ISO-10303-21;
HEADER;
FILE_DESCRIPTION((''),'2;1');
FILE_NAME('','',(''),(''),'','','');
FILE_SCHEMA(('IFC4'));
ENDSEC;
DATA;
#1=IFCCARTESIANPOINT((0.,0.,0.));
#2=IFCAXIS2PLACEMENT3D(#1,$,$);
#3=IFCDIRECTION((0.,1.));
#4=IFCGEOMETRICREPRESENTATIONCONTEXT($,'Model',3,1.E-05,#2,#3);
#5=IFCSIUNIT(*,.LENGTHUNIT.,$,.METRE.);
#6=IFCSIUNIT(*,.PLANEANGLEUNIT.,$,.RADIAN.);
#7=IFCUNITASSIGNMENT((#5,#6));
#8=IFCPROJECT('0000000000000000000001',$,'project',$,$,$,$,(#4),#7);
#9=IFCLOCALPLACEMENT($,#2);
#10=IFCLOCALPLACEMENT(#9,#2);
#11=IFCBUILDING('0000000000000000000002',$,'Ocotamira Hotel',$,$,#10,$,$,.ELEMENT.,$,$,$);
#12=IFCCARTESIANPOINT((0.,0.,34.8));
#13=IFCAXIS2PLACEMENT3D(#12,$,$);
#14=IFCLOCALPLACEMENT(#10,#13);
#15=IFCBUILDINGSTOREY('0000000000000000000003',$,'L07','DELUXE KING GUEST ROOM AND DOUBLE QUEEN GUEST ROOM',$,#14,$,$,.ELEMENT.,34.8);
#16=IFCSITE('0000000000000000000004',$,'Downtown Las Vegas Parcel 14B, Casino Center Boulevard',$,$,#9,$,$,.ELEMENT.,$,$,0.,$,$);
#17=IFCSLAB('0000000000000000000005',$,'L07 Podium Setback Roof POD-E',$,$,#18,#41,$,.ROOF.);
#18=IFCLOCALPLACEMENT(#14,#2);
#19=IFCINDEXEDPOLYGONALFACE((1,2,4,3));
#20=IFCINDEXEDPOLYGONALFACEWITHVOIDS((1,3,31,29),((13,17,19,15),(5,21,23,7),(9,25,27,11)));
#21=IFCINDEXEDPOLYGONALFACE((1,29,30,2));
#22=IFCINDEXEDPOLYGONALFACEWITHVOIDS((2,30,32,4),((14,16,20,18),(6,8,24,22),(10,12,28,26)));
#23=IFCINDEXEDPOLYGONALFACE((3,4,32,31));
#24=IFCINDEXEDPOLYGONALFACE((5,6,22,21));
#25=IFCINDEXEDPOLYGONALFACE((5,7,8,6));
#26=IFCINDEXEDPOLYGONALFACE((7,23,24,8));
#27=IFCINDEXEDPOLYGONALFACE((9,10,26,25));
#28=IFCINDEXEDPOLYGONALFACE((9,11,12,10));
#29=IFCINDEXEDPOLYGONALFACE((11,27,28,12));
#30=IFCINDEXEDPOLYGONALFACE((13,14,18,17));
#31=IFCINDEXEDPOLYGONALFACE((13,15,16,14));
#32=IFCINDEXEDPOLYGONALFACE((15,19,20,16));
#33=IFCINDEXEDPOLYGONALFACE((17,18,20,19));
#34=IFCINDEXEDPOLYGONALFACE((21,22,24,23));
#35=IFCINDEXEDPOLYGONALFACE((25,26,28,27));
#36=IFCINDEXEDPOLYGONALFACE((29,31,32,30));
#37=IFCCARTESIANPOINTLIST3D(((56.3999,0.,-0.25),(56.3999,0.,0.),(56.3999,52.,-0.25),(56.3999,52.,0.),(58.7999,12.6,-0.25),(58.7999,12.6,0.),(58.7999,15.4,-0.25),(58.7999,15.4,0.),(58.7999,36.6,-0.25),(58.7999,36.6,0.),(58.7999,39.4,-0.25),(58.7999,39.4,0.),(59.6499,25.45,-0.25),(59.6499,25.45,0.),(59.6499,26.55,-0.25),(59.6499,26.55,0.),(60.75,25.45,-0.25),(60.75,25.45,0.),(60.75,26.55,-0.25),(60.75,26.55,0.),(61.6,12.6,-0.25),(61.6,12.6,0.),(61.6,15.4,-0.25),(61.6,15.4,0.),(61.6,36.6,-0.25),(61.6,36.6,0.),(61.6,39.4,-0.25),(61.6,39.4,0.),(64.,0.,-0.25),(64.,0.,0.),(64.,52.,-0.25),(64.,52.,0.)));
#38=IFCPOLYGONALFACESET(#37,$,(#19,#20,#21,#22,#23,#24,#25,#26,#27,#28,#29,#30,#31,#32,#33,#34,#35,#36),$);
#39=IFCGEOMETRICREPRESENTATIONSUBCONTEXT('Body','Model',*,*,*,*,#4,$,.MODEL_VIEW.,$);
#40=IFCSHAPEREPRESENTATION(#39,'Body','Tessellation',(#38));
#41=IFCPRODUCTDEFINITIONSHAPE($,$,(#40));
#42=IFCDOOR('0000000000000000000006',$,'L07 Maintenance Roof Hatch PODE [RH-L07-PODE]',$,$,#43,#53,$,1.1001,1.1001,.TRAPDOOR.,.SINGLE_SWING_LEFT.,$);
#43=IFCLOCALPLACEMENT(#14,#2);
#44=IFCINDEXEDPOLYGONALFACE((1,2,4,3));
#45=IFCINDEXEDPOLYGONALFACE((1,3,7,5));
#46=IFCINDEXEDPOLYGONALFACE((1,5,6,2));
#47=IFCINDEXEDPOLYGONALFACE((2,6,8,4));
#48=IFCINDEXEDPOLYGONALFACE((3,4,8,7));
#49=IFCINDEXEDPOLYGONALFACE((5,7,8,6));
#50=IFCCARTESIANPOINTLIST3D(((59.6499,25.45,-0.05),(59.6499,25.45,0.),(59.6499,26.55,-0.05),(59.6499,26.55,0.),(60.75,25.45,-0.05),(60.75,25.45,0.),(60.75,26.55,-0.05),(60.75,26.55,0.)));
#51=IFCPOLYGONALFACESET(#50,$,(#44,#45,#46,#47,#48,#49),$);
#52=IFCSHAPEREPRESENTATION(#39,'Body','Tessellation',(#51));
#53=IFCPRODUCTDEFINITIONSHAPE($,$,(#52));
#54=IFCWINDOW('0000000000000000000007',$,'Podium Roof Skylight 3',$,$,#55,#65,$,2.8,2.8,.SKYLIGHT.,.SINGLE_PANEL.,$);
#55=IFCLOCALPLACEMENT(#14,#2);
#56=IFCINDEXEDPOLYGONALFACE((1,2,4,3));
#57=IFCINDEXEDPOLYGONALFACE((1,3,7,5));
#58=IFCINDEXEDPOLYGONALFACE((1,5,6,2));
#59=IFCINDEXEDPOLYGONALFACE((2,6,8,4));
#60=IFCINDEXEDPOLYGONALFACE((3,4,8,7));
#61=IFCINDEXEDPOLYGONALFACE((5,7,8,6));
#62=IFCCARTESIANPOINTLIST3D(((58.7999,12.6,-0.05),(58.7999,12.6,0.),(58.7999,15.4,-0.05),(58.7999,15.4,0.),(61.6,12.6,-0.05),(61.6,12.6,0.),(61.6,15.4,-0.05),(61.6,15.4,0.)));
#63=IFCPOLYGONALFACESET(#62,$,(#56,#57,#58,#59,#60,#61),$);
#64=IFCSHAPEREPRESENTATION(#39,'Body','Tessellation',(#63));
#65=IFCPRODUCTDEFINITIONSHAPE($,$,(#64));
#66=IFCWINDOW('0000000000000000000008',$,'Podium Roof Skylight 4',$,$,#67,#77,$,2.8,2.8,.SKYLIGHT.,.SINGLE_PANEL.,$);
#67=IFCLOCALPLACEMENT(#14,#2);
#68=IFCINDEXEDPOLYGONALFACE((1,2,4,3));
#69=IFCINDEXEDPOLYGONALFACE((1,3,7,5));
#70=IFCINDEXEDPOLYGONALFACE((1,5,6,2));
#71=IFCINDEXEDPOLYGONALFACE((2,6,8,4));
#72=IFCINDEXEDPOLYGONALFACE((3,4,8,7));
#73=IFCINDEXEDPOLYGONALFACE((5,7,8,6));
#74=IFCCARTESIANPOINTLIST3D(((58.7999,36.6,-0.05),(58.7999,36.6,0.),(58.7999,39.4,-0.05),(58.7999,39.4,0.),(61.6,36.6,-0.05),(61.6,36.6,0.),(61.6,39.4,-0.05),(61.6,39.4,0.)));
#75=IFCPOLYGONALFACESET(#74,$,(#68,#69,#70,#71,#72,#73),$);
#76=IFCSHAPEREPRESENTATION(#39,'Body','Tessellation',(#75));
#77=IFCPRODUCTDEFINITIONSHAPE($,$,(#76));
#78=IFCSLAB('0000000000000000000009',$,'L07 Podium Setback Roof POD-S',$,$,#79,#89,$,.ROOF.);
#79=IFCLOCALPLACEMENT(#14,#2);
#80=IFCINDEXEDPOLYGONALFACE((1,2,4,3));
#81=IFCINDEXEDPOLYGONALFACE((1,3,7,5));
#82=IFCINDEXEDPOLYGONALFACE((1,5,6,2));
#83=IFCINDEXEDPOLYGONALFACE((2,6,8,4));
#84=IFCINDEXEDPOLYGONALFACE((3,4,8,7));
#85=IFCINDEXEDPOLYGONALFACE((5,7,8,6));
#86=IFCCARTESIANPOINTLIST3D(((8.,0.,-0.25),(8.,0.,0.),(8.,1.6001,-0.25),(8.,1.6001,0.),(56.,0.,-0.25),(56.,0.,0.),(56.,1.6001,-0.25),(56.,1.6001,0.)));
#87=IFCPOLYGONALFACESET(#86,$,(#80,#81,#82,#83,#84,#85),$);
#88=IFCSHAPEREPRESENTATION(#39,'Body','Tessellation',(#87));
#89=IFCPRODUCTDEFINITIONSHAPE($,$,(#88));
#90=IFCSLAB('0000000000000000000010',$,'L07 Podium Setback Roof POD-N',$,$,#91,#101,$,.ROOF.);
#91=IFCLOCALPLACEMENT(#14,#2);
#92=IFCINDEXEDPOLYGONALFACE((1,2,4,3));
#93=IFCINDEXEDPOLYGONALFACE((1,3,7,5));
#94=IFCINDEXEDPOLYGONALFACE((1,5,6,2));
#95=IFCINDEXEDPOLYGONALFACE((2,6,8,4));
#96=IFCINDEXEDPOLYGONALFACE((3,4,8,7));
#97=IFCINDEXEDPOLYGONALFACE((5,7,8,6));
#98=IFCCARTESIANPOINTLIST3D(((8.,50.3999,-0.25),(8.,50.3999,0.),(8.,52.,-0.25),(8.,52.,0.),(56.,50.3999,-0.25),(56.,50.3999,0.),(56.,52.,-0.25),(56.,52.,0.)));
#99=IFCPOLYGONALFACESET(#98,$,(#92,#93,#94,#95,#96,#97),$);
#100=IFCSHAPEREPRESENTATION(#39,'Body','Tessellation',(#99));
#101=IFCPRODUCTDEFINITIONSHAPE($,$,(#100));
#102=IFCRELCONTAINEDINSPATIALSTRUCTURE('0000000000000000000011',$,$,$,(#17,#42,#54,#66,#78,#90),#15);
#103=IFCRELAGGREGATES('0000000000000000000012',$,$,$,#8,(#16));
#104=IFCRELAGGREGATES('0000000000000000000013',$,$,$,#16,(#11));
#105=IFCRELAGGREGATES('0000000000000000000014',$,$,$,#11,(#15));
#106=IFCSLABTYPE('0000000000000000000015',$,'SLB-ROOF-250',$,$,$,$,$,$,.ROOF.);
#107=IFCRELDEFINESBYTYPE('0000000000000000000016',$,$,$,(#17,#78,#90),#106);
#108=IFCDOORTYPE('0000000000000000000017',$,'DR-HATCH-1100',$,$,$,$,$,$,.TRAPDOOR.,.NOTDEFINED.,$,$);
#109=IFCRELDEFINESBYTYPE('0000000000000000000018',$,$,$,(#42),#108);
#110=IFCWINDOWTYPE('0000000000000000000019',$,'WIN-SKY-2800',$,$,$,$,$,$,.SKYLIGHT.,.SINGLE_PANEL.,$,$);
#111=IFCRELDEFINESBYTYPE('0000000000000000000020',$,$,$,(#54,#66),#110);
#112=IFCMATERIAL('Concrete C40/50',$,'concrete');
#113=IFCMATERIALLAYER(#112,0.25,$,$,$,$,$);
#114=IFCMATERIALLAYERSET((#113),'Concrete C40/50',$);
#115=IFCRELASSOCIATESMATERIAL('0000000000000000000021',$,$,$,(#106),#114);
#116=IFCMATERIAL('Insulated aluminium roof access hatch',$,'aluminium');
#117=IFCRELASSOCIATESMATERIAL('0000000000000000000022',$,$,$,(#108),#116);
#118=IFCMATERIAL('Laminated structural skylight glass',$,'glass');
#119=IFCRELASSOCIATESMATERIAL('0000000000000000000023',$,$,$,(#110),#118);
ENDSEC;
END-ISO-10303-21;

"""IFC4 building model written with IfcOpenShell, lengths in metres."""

from ifc_helpers import new_model, si_unit, direction, frame, origin, origin_2d, place, context, subcontext, project, spatial, polyline, rectangle, outline, extrude, material, layer, layer_set, type_object, element, fill, save


model = new_model("IFC4")

# Units and contexts
model_context = context("Model", 3, precision=1e-05, world=origin(), true_north=direction((0.0, 1.0)))
body_context = subcontext(model_context, "Body", "Model", "MODEL_VIEW")
ifc_project = project(units=[si_unit("LENGTHUNIT", "METRE"), si_unit("PLANEANGLEUNIT", "RADIAN")], contexts=[model_context])

# Site, building, storey
site_placement = place(None, origin())
site = spatial("IfcSite", under=ifc_project, at=site_placement, Name="Downtown Las Vegas Parcel 14B, Casino Center Boulevard", CompositionType="ELEMENT", RefElevation=0.0)
building_placement = place(site_placement, origin())
building = spatial("IfcBuilding", under=site, at=building_placement, Name="Ocotamira Hotel", CompositionType="ELEMENT")
storey_placement = place(building_placement, frame((0.0, 0.0, 34.8)))
storey = spatial("IfcBuildingStorey", under=building, at=storey_placement, Name="L07", Description="DELUXE KING GUEST ROOM AND DOUBLE QUEEN GUEST ROOM", CompositionType="ELEMENT", Elevation=34.8)

# Shared definitions
ifc_material_1 = material(Name="Concrete C40/50", Category="concrete")

# Slab, openings, door, windows
ifc_layer_1 = layer(ifc_material_1, 0.25)
ifc_layer_set_1 = layer_set([ifc_layer_1], Name="Concrete C40/50")
slab_type_1 = type_object("IfcSlabType", Name="SLB-ROOF-250", PredefinedType="ROOF", material=ifc_layer_set_1)
ifc_material_2 = material(Name="Insulated aluminium roof access hatch", Category="aluminium")
door_type = type_object("IfcDoorType", Name="DR-HATCH-1100", OperationType="NOTDEFINED", PredefinedType="TRAPDOOR", material=ifc_material_2)
ifc_material_3 = material(Name="Laminated structural skylight glass", Category="glass")
window_type = type_object("IfcWindowType", Name="WIN-SKY-2800", PartitioningType="SINGLE_PANEL", PredefinedType="SKYLIGHT", material=ifc_material_3)
slab_1_placement = place(storey_placement, frame((0.0, 0.0, -0.25)))
slab_1 = element("IfcSlab", 1, at=slab_1_placement, inside=storey, type_object=slab_type_1, Name="L07 Podium Setback Roof POD-E", PredefinedType="ROOF", context=body_context, shape_type="SweptSolid", body=[
    extrude(outline(polyline([(56.3999, 0.0), (64.0, 0.0), (64.0, 52.0), (56.3999, 52.0), (56.3999, 0.0)])), origin(), (0.0, 0.0, 1.0), 0.25),
])
opening_1_placement = place(slab_1_placement, frame((60.2, 14.0, 0.0)))
opening_1 = element("IfcOpeningElement", 2, at=opening_1_placement, cuts=slab_1, PredefinedType="OPENING", context=body_context, shape_type="SweptSolid", body=[
    extrude(rectangle(XDim=2.8, YDim=2.8, at=origin_2d()), frame((0.0, 0.0, -0.01)), (0.0, 0.0, 1.0), 0.27),
])
opening_2_placement = place(slab_1_placement, frame((60.2, 38.0, 0.0)))
opening_2 = element("IfcOpeningElement", 3, at=opening_2_placement, cuts=slab_1, PredefinedType="OPENING", context=body_context, shape_type="SweptSolid", body=[
    extrude(rectangle(XDim=2.8, YDim=2.8, at=origin_2d()), frame((0.0, 0.0, -0.01)), (0.0, 0.0, 1.0), 0.27),
])
opening_3_placement = place(slab_1_placement, frame((60.2, 26.0, 0.0)))
opening_3 = element("IfcOpeningElement", 4, at=opening_3_placement, cuts=slab_1, PredefinedType="OPENING", context=body_context, shape_type="SweptSolid", body=[
    extrude(rectangle(XDim=1.1001, YDim=1.1001, at=origin_2d()), frame((0.0, 0.0, -0.01)), (0.0, 0.0, 1.0), 0.27),
])
door_1_placement = place(opening_3_placement, frame((0.0, 0.0, 0.2)))
door_1 = element("IfcDoor", 5, at=door_1_placement, inside=storey, type_object=door_type, Name="L07 Maintenance Roof Hatch PODE [RH-L07-PODE]", OperationType="SINGLE_SWING_LEFT", OverallHeight=1.1001, OverallWidth=1.1001, PredefinedType="TRAPDOOR", context=body_context, shape_type="SweptSolid", body=[
    extrude(rectangle(XDim=1.1001, YDim=1.1001, at=origin_2d()), origin(), (0.0, 0.0, 1.0), 0.05),
])
fill(opening_3, door_1)
window_1_placement = place(opening_1_placement, frame((0.0, 0.0, 0.2)))
window_1 = element("IfcWindow", 6, at=window_1_placement, inside=storey, type_object=window_type, Name="Podium Roof Skylight 3", OverallHeight=2.8, OverallWidth=2.8, PartitioningType="SINGLE_PANEL", PredefinedType="SKYLIGHT", context=body_context, shape_type="SweptSolid", body=[
    extrude(rectangle(XDim=2.8, YDim=2.8, at=origin_2d()), origin(), (0.0, 0.0, 1.0), 0.05),
])
fill(opening_1, window_1)
window_2_placement = place(opening_2_placement, frame((0.0, 0.0, 0.2)))
window_2 = element("IfcWindow", 7, at=window_2_placement, inside=storey, type_object=window_type, Name="Podium Roof Skylight 4", OverallHeight=2.8, OverallWidth=2.8, PartitioningType="SINGLE_PANEL", PredefinedType="SKYLIGHT", context=body_context, shape_type="SweptSolid", body=[
    extrude(rectangle(XDim=2.8, YDim=2.8, at=origin_2d()), origin(), (0.0, 0.0, 1.0), 0.05),
])
fill(opening_2, window_2)

# Slabs
slab_2_placement = place(storey_placement, frame((0.0, 0.0, -0.25)))
element("IfcSlab", 8, at=slab_2_placement, inside=storey, type_object=slab_type_1, Name="L07 Podium Setback Roof POD-S", PredefinedType="ROOF", context=body_context, shape_type="SweptSolid", body=[
    extrude(outline(polyline([(8.0, 0.0), (56.0, 0.0), (56.0, 1.6001), (8.0, 1.6001), (8.0, 0.0)])), origin(), (0.0, 0.0, 1.0), 0.25),
])
slab_3_placement = place(storey_placement, frame((0.0, 0.0, -0.25)))
element("IfcSlab", 9, at=slab_3_placement, inside=storey, type_object=slab_type_1, Name="L07 Podium Setback Roof POD-N", PredefinedType="ROOF", context=body_context, shape_type="SweptSolid", body=[
    extrude(outline(polyline([(8.0, 50.3999), (56.0, 50.3999), (56.0, 52.0), (8.0, 52.0), (8.0, 50.3999)])), origin(), (0.0, 0.0, 1.0), 0.25),
])

save(model, "model.ifc")
